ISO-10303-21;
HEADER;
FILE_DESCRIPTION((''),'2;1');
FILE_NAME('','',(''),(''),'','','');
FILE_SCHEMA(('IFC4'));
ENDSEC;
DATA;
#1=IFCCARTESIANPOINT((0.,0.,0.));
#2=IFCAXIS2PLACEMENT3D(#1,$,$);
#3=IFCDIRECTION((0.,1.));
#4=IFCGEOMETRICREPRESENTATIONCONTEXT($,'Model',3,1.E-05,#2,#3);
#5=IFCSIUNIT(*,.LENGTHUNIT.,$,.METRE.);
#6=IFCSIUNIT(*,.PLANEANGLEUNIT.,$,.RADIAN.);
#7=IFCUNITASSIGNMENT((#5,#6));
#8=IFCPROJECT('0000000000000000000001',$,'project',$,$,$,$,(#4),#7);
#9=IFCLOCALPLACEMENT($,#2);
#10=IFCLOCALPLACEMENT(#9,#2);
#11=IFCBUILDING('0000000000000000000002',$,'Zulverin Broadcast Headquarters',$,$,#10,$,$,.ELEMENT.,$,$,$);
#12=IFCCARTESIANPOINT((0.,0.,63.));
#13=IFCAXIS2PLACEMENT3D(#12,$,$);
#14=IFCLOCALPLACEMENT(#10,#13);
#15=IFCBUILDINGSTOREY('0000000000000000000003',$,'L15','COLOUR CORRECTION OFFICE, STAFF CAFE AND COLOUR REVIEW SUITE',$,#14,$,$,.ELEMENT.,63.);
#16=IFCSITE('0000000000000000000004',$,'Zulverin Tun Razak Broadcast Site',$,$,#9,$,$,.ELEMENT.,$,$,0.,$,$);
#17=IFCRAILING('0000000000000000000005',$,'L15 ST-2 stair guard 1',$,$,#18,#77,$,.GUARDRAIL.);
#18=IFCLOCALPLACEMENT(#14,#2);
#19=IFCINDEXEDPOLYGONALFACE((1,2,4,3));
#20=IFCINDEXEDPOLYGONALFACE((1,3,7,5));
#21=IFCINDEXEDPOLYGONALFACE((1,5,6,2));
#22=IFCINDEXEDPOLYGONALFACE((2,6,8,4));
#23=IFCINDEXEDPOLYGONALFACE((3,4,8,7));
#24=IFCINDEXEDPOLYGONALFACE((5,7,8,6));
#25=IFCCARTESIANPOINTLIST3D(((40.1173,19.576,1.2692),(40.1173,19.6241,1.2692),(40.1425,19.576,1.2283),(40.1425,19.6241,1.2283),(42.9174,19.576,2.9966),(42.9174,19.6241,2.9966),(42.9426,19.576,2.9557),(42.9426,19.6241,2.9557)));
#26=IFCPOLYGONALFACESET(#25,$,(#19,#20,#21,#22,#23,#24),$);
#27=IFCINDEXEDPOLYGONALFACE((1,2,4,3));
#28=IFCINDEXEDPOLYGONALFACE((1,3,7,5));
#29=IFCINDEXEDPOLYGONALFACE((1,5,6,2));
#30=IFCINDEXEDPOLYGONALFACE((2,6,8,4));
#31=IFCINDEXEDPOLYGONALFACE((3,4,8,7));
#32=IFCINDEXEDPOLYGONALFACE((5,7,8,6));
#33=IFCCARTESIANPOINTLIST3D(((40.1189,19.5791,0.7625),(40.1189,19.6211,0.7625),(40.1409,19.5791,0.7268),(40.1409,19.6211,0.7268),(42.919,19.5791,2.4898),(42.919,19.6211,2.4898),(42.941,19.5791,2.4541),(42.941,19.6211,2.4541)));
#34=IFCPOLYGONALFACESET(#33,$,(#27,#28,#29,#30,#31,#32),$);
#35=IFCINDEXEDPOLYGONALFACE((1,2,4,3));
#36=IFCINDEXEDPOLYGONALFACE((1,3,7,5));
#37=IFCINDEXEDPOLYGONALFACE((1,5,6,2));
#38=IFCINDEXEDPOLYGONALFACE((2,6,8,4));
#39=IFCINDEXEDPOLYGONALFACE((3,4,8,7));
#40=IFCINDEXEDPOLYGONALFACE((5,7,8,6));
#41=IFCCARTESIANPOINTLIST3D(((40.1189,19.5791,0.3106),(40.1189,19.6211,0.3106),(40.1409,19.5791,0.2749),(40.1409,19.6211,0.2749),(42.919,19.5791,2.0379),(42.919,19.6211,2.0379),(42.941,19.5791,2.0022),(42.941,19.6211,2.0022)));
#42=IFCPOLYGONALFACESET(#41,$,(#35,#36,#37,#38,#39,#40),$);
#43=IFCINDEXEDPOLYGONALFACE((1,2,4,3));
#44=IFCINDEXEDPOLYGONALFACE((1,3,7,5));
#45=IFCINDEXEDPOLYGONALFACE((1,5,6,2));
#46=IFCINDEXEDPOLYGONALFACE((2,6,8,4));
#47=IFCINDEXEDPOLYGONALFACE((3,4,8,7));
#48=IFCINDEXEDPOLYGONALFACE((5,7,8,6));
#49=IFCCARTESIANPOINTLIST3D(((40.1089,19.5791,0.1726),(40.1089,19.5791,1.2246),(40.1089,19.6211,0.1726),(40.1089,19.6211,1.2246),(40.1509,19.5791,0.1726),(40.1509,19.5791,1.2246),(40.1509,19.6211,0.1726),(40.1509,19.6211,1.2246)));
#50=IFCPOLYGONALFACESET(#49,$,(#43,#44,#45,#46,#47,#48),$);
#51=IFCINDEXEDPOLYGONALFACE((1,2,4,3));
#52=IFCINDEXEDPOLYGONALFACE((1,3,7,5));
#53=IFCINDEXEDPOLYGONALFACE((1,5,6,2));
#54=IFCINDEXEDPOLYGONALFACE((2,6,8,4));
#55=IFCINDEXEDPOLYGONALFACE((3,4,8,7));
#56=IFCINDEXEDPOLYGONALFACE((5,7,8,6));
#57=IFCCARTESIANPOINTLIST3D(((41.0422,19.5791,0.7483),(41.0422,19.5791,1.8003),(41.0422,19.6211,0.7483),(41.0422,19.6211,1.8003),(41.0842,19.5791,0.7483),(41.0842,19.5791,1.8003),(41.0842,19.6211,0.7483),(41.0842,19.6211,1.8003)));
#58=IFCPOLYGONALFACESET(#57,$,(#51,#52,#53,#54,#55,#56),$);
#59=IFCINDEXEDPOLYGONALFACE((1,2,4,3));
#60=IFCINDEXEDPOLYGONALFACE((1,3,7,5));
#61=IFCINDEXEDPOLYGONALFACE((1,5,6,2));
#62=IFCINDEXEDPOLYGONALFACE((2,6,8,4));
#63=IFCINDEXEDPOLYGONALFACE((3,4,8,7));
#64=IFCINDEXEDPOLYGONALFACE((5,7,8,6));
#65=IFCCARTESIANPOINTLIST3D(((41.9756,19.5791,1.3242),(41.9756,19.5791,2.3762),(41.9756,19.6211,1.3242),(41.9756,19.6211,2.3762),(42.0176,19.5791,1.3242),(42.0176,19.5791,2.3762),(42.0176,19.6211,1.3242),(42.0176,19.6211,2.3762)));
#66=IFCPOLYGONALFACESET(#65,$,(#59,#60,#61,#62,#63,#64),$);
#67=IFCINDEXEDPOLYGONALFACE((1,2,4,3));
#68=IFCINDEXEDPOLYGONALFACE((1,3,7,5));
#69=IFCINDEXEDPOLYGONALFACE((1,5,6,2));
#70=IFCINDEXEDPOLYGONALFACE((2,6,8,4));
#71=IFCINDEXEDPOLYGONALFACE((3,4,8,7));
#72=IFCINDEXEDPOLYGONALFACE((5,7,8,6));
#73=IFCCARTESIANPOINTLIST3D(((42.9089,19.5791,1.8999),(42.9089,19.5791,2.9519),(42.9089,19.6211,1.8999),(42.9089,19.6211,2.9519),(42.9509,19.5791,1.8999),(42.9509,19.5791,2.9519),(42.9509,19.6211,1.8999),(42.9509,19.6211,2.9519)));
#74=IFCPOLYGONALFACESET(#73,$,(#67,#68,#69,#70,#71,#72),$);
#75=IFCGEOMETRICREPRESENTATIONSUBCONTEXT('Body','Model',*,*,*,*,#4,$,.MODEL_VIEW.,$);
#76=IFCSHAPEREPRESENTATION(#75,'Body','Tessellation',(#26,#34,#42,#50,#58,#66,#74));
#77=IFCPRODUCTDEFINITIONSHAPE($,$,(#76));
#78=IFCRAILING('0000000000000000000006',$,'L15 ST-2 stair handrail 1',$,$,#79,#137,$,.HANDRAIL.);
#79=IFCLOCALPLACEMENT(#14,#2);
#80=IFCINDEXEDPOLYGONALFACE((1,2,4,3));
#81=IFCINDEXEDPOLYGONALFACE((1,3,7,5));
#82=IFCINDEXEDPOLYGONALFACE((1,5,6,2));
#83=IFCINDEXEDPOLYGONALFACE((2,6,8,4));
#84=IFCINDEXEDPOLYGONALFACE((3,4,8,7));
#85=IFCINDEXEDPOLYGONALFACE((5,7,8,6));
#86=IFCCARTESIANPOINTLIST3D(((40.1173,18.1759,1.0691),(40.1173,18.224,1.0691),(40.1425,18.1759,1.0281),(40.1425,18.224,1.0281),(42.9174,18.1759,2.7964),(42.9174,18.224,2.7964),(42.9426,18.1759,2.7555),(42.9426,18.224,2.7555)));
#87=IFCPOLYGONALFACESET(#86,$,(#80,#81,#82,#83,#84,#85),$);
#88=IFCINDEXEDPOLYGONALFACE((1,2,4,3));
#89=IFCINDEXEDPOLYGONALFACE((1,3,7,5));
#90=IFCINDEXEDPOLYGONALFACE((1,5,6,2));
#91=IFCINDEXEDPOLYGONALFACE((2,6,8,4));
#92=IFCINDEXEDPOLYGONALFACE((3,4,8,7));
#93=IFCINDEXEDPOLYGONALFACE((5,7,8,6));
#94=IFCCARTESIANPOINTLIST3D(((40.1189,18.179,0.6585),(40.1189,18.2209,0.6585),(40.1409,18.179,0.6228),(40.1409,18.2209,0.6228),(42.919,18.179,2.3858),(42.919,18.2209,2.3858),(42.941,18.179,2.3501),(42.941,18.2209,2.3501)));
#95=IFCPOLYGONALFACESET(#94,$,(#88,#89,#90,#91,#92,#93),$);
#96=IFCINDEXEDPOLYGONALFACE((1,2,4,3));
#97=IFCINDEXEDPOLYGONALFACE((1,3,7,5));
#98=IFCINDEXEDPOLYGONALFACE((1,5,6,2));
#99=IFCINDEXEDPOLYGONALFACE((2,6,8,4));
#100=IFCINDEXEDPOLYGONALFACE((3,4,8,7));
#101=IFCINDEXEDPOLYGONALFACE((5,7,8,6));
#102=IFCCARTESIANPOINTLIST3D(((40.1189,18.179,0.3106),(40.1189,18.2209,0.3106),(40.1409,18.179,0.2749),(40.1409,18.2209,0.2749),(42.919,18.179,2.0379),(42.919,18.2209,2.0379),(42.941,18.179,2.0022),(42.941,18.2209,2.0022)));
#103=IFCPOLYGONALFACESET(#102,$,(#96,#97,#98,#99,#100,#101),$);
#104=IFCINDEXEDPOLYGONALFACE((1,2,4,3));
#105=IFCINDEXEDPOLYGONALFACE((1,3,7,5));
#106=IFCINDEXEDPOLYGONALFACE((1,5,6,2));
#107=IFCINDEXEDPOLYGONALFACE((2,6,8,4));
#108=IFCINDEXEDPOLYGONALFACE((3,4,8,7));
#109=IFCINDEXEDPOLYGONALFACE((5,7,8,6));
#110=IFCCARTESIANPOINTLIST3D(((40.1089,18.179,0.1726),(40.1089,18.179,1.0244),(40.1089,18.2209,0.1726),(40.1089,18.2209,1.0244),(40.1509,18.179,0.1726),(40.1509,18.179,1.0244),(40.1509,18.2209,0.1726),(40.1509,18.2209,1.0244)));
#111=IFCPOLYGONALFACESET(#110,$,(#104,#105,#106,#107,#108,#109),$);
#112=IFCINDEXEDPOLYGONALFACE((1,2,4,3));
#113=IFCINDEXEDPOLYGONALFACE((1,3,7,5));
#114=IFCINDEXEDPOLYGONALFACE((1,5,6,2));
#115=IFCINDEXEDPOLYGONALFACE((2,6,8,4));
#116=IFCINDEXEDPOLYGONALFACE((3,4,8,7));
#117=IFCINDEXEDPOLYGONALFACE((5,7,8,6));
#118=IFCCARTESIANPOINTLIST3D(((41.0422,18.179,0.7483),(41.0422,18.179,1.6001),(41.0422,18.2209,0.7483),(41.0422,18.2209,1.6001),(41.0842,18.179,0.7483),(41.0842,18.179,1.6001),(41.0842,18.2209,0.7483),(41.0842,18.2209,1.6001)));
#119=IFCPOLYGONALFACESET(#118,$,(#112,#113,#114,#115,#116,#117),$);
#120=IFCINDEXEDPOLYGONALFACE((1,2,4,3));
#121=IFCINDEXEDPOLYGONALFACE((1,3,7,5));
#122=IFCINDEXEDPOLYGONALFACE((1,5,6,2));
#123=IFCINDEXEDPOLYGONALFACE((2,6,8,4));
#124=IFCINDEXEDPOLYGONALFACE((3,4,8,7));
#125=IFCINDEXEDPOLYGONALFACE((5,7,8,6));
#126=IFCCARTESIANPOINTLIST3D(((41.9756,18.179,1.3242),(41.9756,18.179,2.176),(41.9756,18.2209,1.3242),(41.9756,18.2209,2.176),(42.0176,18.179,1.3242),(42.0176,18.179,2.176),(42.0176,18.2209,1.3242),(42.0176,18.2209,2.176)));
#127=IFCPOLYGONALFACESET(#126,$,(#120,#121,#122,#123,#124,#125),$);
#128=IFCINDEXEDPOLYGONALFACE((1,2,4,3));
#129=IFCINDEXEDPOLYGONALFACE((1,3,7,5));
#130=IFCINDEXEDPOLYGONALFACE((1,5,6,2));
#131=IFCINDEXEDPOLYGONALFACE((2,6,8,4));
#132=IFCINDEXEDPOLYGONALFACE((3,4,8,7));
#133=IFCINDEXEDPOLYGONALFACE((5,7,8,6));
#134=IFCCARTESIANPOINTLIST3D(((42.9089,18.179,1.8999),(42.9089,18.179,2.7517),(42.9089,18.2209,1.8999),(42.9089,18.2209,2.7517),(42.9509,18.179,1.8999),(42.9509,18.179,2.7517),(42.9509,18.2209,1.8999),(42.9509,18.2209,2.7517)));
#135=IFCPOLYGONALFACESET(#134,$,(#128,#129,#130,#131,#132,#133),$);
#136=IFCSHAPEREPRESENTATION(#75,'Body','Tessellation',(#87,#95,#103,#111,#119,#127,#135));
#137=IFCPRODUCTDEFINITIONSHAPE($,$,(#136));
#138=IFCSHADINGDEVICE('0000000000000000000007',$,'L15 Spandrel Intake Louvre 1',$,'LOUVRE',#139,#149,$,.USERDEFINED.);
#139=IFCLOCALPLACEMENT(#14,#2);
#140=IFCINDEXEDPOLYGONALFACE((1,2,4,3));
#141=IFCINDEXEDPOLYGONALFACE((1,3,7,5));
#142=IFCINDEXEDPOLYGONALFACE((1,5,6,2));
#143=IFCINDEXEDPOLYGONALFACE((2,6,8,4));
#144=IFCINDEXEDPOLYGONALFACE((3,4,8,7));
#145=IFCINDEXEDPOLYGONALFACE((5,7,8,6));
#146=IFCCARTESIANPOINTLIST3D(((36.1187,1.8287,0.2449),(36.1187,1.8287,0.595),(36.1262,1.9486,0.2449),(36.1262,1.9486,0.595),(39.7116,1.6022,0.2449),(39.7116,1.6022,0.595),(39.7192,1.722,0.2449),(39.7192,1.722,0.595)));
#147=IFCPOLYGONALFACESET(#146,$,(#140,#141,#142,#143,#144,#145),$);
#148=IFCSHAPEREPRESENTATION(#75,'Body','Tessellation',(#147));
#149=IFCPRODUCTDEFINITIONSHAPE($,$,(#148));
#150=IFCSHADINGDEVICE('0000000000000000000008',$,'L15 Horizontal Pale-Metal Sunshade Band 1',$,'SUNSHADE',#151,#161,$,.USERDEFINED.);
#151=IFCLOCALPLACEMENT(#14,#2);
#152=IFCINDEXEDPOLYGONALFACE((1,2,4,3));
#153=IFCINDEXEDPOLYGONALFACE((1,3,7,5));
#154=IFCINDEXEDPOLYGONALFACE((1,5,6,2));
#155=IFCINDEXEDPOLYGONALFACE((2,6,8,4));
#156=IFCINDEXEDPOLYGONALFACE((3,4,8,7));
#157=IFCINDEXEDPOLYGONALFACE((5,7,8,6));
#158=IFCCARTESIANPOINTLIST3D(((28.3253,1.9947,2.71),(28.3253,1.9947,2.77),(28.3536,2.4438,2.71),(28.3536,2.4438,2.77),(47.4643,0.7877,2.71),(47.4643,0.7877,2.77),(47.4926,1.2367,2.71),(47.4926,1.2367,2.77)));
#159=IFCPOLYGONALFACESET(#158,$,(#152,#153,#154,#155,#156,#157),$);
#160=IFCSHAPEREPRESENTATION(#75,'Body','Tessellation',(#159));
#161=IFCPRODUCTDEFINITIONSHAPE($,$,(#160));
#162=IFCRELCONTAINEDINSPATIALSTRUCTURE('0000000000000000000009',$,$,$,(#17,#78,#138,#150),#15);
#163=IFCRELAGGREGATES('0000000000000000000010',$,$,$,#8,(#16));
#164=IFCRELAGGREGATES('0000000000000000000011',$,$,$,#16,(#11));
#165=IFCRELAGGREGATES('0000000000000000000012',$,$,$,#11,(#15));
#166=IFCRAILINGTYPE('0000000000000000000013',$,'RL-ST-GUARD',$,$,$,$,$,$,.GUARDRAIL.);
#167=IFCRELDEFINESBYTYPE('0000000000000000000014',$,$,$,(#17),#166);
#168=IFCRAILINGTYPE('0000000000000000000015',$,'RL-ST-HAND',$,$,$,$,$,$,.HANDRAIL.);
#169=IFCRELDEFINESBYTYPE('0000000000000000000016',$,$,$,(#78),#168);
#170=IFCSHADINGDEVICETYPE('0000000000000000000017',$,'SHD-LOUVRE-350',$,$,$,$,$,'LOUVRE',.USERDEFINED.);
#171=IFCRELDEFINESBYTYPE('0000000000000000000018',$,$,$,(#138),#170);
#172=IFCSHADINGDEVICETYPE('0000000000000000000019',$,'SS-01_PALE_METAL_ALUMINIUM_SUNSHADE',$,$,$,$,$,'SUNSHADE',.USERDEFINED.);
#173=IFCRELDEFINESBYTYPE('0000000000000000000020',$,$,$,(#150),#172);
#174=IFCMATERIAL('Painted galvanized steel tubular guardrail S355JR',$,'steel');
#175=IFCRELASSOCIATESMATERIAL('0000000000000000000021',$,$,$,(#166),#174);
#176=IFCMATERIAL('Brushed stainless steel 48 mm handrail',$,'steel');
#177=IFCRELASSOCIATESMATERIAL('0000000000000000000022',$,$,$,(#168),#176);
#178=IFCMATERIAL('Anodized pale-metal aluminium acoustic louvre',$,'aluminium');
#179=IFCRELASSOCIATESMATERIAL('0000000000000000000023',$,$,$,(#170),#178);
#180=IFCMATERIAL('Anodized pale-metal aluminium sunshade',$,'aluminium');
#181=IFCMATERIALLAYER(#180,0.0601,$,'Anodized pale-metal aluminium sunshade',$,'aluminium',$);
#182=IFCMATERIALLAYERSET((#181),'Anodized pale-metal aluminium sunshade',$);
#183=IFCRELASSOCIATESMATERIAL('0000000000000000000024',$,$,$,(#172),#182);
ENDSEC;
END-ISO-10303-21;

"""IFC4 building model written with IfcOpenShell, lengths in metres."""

from ifc_helpers import new_model, si_unit, direction, frame, origin, origin_2d, place, context, subcontext, project, spatial, rectangle, extrude, material, layer, layer_set, type_object, element, save


model = new_model("IFC4")

# Units and contexts
model_context = context("Model", 3, precision=1e-05, world=origin(), true_north=direction((0.0, 1.0)))
body_context = subcontext(model_context, "Body", "Model", "MODEL_VIEW")
ifc_project = project(units=[si_unit("LENGTHUNIT", "METRE"), si_unit("PLANEANGLEUNIT", "RADIAN")], contexts=[model_context])

# Site, building, storey
site_placement = place(None, origin())
site = spatial("IfcSite", under=ifc_project, at=site_placement, Name="Zulverin Tun Razak Broadcast Site", CompositionType="ELEMENT", RefElevation=0.0)
building_placement = place(site_placement, origin())
building = spatial("IfcBuilding", under=site, at=building_placement, Name="Zulverin Broadcast Headquarters", CompositionType="ELEMENT")
storey_placement = place(building_placement, frame((0.0, 0.0, 63.0)))
storey = spatial("IfcBuildingStorey", under=building, at=storey_placement, Name="L15", Description="COLOUR CORRECTION OFFICE, STAFF CAFE AND COLOUR REVIEW SUITE", CompositionType="ELEMENT", Elevation=63.0)

# Railings
ifc_material_1 = material(Name="Painted galvanized steel tubular guardrail S355JR", Category="steel")
railing_type_1 = type_object("IfcRailingType", Name="RL-ST-GUARD", PredefinedType="GUARDRAIL", material=ifc_material_1)
railing_1_placement = place(storey_placement, frame((40.1299, 19.6001, 0.1726)))
element("IfcRailing", 1, at=railing_1_placement, inside=storey, type_object=railing_type_1, Name="L15 ST-2 stair guard 1", PredefinedType="GUARDRAIL", context=body_context, shape_type="SweptSolid", body=[
    extrude(rectangle(XDim=0.0481, YDim=0.0481, at=origin_2d()), frame((0.0, 0.0, 1.0762), z_axis=(0.85109, 0.0, 0.52502), x_axis=(0.0, 1.0, 0.0)), (0.0, 0.0, 1.0), 3.29),
    extrude(rectangle(XDim=0.042, YDim=0.042, at=origin_2d()), frame((0.0, 0.0, 0.572), z_axis=(0.85109, 0.0, 0.52502), x_axis=(0.0, 1.0, 0.0)), (0.0, 0.0, 1.0), 3.29),
    extrude(rectangle(XDim=0.042, YDim=0.042, at=origin_2d()), frame((0.0, 0.0, 0.1201), z_axis=(0.85109, 0.0, 0.52502), x_axis=(0.0, 1.0, 0.0)), (0.0, 0.0, 1.0), 3.29),
    extrude(rectangle(XDim=0.042, YDim=0.042, at=origin_2d()), origin(), (0.0, 0.0, 1.0), 1.052),
    extrude(rectangle(XDim=0.042, YDim=0.042, at=origin_2d()), frame((0.9333, 0.0, 0.5757)), (0.0, 0.0, 1.0), 1.052),
    extrude(rectangle(XDim=0.042, YDim=0.042, at=origin_2d()), frame((1.8667, 0.0, 1.1516)), (0.0, 0.0, 1.0), 1.052),
    extrude(rectangle(XDim=0.042, YDim=0.042, at=origin_2d()), frame((2.8, 0.0, 1.7273)), (0.0, 0.0, 1.0), 1.052),
])
ifc_material_2 = material(Name="Brushed stainless steel 48 mm handrail", Category="steel")
railing_type_2 = type_object("IfcRailingType", Name="RL-ST-HAND", PredefinedType="HANDRAIL", material=ifc_material_2)
railing_2_placement = place(storey_placement, frame((40.1299, 18.2, 0.1726)))
element("IfcRailing", 2, at=railing_2_placement, inside=storey, type_object=railing_type_2, Name="L15 ST-2 stair handrail 1", PredefinedType="HANDRAIL", context=body_context, shape_type="SweptSolid", body=[
    extrude(rectangle(XDim=0.0481, YDim=0.0481, at=origin_2d()), frame((0.0, 0.0, 0.876), z_axis=(0.85109, 0.0, 0.52502), x_axis=(0.0, 1.0, 0.0)), (0.0, 0.0, 1.0), 3.29),
    extrude(rectangle(XDim=0.042, YDim=0.042, at=origin_2d()), frame((0.0, 0.0, 0.468), z_axis=(0.85109, 0.0, 0.52502), x_axis=(0.0, 1.0, 0.0)), (0.0, 0.0, 1.0), 3.29),
    extrude(rectangle(XDim=0.042, YDim=0.042, at=origin_2d()), frame((0.0, 0.0, 0.1201), z_axis=(0.85109, 0.0, 0.52502), x_axis=(0.0, 1.0, 0.0)), (0.0, 0.0, 1.0), 3.29),
    extrude(rectangle(XDim=0.042, YDim=0.042, at=origin_2d()), origin(), (0.0, 0.0, 1.0), 0.8518),
    extrude(rectangle(XDim=0.042, YDim=0.042, at=origin_2d()), frame((0.9333, 0.0, 0.5757)), (0.0, 0.0, 1.0), 0.8518),
    extrude(rectangle(XDim=0.042, YDim=0.042, at=origin_2d()), frame((1.8667, 0.0, 1.1516)), (0.0, 0.0, 1.0), 0.8518),
    extrude(rectangle(XDim=0.042, YDim=0.042, at=origin_2d()), frame((2.8, 0.0, 1.7273)), (0.0, 0.0, 1.0), 0.8518),
])

# Shading devices
ifc_material_3 = material(Name="Anodized pale-metal aluminium acoustic louvre", Category="aluminium")
shading_device_type_1 = type_object("IfcShadingDeviceType", Name="SHD-LOUVRE-350", ElementType="LOUVRE", PredefinedType="USERDEFINED", material=ifc_material_3)
shading_device_1_placement = place(storey_placement, frame((37.9189, 1.7754, 0.2449), z_axis=(0.0, 0.0, 1.0), x_axis=(0.998017, -0.062942, 0.0)))
element("IfcShadingDevice", 3, at=shading_device_1_placement, inside=storey, type_object=shading_device_type_1, Name="L15 Spandrel Intake Louvre 1", ObjectType="LOUVRE", PredefinedType="USERDEFINED", context=body_context, shape_type="SweptSolid", body=[
    extrude(rectangle(XDim=3.6001, YDim=0.1201, at=origin_2d()), origin(), (0.0, 0.0, 1.0), 0.3501),
])
ifc_material_4 = material(Name="Anodized pale-metal aluminium sunshade", Category="aluminium")
ifc_layer_1 = layer(ifc_material_4, 0.0601, Name="Anodized pale-metal aluminium sunshade", Category="aluminium")
ifc_layer_set_1 = layer_set([ifc_layer_1], Name="Anodized pale-metal aluminium sunshade")
shading_device_type_2 = type_object("IfcShadingDeviceType", Name="SS-01_PALE_METAL_ALUMINIUM_SUNSHADE", ElementType="SUNSHADE", PredefinedType="USERDEFINED", material=ifc_layer_set_1)
shading_device_2_placement = place(storey_placement, frame((37.9089, 1.6157, 2.71), z_axis=(0.0, 0.0, 1.0), x_axis=(0.998017, -0.062942, 0.0)))
element("IfcShadingDevice", 4, at=shading_device_2_placement, inside=storey, type_object=shading_device_type_2, Name="L15 Horizontal Pale-Metal Sunshade Band 1", ObjectType="SUNSHADE", PredefinedType="USERDEFINED", context=body_context, shape_type="SweptSolid", body=[
    extrude(rectangle(XDim=19.177, YDim=0.45, at=origin_2d()), origin(), (0.0, 0.0, 1.0), 0.0601),
])

save(model, "model.ifc")
